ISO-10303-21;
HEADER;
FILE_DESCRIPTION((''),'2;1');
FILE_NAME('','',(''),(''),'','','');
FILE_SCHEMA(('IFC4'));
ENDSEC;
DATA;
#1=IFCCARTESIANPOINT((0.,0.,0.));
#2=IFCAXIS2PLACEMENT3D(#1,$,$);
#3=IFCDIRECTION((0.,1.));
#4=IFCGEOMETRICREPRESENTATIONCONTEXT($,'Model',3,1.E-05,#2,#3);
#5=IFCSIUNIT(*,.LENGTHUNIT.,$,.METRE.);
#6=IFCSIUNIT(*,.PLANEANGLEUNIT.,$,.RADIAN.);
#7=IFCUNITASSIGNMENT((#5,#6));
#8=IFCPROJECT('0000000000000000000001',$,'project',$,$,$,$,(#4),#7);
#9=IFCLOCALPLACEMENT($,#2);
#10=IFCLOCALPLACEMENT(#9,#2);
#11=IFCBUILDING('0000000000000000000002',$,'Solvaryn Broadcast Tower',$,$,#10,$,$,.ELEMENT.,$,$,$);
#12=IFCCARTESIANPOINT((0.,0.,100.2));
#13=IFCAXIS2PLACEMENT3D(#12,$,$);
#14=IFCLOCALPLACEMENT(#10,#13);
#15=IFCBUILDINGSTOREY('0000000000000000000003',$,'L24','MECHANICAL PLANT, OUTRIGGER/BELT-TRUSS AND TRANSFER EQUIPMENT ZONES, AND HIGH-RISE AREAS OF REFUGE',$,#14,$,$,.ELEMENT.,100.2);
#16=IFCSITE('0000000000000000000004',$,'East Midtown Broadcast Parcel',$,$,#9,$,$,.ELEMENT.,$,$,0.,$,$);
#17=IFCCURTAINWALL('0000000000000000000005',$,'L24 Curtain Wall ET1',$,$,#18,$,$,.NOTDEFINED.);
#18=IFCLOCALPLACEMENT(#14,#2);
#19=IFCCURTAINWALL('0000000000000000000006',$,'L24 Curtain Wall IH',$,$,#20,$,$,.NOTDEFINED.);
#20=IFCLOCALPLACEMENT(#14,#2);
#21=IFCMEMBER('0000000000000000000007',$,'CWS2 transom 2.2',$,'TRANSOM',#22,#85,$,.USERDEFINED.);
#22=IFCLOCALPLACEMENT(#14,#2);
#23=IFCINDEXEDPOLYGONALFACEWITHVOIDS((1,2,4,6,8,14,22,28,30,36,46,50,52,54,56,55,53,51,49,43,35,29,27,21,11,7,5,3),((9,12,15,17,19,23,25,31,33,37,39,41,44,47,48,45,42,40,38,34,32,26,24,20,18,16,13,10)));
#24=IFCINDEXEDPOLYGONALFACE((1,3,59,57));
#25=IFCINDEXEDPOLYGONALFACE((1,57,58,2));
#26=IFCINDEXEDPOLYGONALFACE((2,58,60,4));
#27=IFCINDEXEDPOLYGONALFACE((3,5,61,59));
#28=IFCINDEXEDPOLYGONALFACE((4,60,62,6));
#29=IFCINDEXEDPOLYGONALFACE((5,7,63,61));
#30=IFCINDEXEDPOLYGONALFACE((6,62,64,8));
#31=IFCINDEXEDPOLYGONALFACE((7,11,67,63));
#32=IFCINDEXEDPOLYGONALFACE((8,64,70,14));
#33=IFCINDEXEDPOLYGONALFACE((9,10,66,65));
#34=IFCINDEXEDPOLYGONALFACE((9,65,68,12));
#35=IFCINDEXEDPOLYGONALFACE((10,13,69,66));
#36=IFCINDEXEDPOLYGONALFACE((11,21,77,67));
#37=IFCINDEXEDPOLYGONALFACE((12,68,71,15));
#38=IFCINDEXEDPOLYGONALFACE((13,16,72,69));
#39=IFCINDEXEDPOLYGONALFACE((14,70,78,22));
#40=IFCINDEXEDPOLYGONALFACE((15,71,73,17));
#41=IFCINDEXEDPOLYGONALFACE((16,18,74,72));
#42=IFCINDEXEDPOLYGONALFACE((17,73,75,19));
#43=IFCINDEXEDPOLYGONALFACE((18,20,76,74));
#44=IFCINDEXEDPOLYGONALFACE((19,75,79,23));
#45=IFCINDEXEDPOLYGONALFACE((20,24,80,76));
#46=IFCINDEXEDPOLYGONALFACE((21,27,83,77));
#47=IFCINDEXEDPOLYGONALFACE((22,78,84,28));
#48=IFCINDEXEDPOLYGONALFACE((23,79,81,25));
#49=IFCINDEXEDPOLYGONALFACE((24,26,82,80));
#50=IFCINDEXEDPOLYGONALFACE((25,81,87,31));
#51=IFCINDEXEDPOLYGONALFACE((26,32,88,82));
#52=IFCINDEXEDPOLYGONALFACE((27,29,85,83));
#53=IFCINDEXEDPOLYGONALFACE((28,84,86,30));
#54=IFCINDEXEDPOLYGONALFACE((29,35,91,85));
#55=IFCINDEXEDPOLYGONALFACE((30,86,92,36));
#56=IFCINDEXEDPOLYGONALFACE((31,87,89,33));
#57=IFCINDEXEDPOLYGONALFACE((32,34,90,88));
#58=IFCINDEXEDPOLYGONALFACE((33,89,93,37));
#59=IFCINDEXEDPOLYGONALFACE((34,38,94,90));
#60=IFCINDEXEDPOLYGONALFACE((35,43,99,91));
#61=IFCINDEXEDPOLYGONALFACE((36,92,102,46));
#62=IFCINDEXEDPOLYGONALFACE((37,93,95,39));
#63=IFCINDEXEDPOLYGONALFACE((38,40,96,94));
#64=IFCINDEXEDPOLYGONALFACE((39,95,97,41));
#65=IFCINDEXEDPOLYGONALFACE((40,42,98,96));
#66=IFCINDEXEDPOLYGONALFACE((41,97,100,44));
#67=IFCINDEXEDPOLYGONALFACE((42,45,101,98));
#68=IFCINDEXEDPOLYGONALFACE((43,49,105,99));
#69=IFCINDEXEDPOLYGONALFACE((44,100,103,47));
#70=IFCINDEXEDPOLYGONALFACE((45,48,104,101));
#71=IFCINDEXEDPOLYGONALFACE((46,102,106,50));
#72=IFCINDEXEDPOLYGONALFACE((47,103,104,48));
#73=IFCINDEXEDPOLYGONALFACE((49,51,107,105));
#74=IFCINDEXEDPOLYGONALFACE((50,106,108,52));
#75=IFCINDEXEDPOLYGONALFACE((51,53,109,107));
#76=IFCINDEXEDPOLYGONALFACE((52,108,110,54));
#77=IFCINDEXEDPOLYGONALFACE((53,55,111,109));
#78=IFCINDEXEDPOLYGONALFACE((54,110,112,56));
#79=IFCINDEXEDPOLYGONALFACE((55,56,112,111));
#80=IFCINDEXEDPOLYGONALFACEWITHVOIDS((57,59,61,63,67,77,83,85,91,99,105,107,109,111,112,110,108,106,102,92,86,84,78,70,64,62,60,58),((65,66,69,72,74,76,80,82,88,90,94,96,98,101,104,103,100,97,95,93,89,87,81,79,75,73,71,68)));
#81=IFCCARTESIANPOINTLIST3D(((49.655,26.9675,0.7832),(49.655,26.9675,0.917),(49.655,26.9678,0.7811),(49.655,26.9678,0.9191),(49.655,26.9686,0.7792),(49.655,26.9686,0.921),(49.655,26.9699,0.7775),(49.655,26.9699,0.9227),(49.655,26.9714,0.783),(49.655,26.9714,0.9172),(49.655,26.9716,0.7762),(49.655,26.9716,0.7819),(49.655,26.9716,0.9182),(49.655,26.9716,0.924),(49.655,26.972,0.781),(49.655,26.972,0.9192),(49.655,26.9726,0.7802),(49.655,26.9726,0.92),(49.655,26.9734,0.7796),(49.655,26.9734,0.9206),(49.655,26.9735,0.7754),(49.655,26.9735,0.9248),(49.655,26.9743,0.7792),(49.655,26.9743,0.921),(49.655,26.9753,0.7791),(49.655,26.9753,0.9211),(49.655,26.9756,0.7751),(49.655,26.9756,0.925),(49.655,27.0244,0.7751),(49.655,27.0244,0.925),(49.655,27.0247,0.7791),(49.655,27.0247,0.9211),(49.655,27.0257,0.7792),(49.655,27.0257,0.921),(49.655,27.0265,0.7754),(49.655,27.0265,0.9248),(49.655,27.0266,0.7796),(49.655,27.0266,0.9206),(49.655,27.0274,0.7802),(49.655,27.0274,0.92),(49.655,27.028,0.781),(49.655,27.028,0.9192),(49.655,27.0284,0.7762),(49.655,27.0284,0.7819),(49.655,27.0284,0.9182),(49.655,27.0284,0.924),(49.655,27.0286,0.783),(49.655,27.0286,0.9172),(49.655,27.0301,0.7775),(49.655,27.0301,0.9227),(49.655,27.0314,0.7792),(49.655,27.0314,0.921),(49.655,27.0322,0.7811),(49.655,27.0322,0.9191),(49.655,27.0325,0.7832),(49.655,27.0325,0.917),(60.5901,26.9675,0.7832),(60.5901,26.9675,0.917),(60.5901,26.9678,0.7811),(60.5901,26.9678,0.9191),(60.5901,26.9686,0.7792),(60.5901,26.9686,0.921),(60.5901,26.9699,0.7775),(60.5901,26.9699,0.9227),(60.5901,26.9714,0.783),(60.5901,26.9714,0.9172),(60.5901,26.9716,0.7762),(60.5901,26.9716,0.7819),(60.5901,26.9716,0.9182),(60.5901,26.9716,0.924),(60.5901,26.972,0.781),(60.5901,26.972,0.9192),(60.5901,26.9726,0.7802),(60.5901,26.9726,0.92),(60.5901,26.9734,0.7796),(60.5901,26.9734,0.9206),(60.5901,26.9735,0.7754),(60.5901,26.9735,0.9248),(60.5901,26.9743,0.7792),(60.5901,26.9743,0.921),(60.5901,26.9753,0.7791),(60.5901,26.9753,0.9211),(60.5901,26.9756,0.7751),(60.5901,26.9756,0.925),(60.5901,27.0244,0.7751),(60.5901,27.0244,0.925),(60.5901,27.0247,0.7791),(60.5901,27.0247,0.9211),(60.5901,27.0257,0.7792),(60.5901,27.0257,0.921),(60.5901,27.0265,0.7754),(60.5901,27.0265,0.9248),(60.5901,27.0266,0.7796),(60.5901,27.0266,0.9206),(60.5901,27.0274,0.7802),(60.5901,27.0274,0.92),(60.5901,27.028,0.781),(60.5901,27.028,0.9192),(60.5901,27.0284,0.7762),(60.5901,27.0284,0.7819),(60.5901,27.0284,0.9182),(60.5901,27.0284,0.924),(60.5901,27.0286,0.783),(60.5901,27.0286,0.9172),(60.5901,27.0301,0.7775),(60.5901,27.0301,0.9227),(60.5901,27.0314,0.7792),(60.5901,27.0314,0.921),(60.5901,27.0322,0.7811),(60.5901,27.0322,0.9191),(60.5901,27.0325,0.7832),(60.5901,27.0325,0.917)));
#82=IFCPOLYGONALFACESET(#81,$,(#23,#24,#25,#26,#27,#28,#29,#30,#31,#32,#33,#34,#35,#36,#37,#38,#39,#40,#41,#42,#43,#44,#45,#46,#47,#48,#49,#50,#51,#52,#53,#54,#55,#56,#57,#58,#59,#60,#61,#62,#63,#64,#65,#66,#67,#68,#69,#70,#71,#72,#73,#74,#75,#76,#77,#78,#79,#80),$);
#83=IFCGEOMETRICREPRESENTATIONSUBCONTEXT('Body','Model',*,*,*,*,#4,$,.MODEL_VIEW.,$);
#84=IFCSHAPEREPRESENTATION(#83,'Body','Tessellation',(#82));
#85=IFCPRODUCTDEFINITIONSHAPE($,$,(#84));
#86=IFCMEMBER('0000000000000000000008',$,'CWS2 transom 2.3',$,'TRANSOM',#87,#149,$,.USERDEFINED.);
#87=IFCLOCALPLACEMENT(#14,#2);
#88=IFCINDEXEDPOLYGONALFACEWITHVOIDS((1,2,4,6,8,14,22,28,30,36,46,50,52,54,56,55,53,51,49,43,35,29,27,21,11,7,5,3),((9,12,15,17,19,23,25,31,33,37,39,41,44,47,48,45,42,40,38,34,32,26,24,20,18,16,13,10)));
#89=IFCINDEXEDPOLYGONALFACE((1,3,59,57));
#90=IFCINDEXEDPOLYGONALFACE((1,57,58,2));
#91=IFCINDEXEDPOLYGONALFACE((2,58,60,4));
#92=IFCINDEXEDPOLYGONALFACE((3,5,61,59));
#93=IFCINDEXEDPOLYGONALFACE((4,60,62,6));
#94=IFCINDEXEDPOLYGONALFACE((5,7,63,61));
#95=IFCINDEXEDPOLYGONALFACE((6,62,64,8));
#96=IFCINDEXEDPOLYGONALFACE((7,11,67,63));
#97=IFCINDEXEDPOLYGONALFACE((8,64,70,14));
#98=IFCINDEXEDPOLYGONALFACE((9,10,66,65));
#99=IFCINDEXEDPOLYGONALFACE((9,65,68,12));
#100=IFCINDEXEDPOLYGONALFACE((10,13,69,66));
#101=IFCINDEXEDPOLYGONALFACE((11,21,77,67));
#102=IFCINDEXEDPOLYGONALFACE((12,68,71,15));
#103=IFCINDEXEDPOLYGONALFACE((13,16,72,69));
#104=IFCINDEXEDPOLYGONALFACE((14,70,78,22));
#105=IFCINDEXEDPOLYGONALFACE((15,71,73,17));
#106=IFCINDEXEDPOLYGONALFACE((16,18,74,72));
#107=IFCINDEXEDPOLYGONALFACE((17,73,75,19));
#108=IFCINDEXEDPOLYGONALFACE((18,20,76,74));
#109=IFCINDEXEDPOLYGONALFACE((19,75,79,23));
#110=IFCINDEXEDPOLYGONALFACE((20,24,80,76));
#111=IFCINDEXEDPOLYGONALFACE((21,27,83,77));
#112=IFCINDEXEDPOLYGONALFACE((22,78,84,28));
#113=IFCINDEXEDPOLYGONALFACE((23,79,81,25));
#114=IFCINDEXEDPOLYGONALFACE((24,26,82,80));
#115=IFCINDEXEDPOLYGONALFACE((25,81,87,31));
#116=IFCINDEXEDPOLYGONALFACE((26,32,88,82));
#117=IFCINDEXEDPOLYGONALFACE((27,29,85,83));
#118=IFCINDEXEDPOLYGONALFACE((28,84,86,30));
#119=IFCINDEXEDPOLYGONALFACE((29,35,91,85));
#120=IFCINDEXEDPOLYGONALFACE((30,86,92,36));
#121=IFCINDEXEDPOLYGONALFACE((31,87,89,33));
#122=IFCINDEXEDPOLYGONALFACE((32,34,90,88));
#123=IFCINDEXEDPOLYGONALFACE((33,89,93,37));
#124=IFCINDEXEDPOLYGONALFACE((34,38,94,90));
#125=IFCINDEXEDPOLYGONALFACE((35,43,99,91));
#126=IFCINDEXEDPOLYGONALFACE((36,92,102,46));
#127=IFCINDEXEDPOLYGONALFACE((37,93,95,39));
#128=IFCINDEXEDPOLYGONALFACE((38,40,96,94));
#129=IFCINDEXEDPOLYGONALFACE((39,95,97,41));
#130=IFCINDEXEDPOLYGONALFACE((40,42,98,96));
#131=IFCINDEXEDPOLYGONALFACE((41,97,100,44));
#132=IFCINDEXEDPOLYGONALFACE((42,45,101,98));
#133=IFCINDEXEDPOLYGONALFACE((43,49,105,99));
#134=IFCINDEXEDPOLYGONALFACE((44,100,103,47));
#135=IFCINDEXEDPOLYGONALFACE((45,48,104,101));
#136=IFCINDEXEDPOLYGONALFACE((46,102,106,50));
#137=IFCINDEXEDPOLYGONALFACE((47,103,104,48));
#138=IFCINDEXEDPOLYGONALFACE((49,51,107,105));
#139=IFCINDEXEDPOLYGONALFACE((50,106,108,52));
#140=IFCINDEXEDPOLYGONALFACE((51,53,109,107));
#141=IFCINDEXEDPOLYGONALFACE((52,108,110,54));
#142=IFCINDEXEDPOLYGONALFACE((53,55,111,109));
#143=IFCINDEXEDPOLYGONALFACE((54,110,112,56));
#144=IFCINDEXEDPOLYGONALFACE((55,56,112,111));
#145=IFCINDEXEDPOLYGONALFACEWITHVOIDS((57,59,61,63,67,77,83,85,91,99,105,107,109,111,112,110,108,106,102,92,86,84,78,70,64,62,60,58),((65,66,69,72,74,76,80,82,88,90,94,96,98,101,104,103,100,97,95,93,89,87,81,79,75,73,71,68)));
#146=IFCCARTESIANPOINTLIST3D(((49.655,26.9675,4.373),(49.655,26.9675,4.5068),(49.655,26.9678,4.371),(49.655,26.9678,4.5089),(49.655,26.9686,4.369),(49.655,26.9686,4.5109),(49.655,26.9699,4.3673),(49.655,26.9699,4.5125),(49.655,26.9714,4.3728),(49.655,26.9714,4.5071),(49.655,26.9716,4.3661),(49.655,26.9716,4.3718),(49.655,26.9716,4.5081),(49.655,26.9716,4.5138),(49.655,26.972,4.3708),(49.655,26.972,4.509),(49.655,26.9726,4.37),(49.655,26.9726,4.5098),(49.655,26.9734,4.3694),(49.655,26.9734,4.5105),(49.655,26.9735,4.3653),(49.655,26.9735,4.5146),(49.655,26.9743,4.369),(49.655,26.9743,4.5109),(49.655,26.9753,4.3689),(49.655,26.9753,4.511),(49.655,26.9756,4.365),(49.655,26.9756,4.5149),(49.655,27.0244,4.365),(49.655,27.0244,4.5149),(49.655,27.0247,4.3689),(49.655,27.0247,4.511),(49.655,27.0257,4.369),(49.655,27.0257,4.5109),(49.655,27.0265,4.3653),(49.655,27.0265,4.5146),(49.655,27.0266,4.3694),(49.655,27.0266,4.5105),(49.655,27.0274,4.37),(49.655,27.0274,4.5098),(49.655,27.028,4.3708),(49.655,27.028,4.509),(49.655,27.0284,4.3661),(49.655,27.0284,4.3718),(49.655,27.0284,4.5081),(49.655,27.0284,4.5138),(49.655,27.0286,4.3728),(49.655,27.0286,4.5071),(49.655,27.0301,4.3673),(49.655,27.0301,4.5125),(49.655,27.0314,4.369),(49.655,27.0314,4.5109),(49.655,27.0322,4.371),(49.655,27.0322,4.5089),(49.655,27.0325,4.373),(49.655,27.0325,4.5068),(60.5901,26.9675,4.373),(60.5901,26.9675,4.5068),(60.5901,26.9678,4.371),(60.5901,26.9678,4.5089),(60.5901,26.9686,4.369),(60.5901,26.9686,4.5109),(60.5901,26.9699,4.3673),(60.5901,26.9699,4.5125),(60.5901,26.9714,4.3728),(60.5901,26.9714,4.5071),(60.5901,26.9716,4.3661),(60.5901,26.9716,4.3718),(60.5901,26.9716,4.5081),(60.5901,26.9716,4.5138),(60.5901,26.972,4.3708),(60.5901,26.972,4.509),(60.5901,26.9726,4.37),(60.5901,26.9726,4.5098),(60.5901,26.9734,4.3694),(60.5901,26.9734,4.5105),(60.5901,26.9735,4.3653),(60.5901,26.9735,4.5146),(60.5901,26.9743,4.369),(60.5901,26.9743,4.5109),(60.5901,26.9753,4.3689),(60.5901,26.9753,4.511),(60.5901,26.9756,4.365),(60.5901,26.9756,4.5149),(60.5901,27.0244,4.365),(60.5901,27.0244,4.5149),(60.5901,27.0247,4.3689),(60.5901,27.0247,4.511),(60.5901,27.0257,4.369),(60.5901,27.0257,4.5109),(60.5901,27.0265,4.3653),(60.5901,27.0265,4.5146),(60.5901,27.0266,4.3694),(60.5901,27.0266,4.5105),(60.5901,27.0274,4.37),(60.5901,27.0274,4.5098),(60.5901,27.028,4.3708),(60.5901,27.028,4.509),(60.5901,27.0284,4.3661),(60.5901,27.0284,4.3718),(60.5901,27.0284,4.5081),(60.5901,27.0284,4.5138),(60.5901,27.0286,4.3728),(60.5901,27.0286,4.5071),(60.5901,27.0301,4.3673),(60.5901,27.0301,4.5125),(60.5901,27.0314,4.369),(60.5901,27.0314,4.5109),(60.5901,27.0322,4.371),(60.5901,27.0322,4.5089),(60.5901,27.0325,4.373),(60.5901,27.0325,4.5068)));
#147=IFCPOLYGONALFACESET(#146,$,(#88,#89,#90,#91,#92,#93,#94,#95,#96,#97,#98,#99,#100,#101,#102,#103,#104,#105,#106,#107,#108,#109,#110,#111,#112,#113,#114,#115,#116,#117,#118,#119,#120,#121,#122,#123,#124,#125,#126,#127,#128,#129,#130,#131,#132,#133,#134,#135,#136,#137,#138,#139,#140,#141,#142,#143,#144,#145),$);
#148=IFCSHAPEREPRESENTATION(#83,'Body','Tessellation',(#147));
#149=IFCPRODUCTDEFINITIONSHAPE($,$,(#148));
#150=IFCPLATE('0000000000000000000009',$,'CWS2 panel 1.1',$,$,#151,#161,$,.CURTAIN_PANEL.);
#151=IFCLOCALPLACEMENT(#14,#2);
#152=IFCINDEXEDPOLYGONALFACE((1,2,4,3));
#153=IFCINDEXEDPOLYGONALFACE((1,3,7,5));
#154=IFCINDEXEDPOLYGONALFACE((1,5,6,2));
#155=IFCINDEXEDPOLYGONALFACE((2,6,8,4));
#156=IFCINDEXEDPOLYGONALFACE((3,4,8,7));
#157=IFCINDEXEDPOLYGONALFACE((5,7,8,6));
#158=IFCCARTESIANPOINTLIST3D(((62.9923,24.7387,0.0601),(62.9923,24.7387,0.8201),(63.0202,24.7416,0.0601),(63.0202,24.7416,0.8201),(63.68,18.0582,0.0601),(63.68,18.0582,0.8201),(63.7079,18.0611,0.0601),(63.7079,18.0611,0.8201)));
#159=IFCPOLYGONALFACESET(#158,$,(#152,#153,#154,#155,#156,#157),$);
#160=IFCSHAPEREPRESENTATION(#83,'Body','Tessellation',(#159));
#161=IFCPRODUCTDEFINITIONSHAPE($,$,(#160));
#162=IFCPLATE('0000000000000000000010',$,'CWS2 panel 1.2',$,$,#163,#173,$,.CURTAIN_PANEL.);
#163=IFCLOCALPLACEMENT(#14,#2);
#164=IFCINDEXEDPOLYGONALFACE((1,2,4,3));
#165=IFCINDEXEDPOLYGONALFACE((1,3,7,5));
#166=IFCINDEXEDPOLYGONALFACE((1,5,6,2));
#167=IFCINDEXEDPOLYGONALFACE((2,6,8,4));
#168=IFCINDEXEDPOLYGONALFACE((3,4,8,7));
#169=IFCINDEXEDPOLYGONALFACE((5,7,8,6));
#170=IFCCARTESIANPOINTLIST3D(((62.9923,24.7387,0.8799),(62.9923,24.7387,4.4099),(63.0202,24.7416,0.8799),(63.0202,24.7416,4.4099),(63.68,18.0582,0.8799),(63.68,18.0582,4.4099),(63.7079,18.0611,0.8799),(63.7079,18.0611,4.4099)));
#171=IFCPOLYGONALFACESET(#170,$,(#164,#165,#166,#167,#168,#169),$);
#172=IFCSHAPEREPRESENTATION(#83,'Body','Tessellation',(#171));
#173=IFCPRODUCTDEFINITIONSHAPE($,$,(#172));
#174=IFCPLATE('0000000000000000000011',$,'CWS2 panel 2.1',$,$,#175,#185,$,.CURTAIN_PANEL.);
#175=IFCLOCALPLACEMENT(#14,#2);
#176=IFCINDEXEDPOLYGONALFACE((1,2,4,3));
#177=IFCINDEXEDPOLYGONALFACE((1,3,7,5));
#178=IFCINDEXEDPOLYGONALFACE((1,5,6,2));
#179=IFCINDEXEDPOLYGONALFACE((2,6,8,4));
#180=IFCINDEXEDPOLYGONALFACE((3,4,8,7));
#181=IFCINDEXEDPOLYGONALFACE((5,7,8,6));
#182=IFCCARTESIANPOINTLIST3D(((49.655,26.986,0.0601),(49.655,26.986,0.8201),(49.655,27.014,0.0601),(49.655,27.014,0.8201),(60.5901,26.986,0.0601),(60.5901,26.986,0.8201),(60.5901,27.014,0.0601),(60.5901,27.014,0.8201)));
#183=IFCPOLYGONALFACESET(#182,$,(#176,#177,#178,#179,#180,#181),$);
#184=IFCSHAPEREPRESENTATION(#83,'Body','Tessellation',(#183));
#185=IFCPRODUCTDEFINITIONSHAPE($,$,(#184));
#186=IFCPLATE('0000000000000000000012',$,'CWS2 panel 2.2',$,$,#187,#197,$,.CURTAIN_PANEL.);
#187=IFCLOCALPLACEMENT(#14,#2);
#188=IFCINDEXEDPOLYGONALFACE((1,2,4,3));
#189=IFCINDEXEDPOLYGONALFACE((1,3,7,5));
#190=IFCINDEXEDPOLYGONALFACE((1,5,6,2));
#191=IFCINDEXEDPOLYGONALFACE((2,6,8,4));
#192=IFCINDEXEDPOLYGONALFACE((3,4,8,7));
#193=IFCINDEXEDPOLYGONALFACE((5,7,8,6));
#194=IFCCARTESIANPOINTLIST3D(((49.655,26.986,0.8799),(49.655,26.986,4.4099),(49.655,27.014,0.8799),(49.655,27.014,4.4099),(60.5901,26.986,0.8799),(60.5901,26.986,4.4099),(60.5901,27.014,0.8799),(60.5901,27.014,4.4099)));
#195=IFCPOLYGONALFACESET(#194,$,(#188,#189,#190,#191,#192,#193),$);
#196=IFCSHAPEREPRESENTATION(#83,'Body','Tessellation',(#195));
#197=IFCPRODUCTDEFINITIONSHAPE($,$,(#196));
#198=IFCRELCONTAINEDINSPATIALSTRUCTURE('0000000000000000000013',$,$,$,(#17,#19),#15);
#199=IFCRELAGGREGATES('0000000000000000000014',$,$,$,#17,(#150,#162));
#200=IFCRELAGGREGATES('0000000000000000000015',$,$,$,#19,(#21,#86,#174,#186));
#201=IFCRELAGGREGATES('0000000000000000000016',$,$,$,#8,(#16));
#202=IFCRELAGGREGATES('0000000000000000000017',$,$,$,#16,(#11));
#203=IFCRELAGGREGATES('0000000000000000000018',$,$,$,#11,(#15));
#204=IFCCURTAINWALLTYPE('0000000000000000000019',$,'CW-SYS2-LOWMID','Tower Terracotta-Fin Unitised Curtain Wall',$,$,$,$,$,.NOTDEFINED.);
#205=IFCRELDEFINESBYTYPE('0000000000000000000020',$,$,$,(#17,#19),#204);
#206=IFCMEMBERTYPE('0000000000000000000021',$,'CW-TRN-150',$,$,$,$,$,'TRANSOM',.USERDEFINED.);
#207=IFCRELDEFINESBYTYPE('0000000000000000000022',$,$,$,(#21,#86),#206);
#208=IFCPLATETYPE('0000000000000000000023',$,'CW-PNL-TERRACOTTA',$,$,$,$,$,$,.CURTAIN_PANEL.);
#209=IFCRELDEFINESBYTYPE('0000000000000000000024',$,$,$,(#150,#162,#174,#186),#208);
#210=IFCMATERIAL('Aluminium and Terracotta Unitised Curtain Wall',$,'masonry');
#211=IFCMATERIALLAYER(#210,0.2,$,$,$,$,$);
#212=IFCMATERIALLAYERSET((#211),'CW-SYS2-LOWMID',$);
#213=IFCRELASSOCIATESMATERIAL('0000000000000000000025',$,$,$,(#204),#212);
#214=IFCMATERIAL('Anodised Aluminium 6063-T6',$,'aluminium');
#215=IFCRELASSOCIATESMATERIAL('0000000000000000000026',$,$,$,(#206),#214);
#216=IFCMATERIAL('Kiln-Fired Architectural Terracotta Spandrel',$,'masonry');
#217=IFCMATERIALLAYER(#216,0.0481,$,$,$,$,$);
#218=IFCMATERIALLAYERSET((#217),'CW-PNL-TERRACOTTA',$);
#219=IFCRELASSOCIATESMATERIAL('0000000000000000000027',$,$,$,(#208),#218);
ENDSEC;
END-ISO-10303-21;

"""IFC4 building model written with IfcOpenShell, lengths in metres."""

from ifc_helpers import new_model, si_unit, direction, frame, origin, origin_2d, place, context, subcontext, project, spatial, rectangle, hollow_rectangle, extrude, material, layer, layer_set, material_profile, profile_set, type_object, element, aggregate, save


model = new_model("IFC4")

# Units and contexts
model_context = context("Model", 3, precision=1e-05, world=origin(), true_north=direction((0.0, 1.0)))
body_context = subcontext(model_context, "Body", "Model", "MODEL_VIEW")
ifc_project = project(units=[si_unit("LENGTHUNIT", "METRE"), si_unit("PLANEANGLEUNIT", "RADIAN")], contexts=[model_context])

# Site, building, storey
site_placement = place(None, origin())
site = spatial("IfcSite", under=ifc_project, at=site_placement, Name="East Midtown Broadcast Parcel", CompositionType="ELEMENT", RefElevation=0.0)
building_placement = place(site_placement, origin())
building = spatial("IfcBuilding", under=site, at=building_placement, Name="Solvaryn Broadcast Tower", CompositionType="ELEMENT")
storey_placement = place(building_placement, frame((0.0, 0.0, 100.2)))
storey = spatial("IfcBuildingStorey", under=building, at=storey_placement, Name="L24", Description="MECHANICAL PLANT, OUTRIGGER/BELT-TRUSS AND TRANSFER EQUIPMENT ZONES, AND HIGH-RISE AREAS OF REFUGE", CompositionType="ELEMENT", Elevation=100.2)

# Curtain wall
ifc_material_1 = material(Name="Aluminium and Terracotta Unitised Curtain Wall", Category="masonry")
ifc_layer_1 = layer(ifc_material_1, 0.2)
ifc_layer_set_1 = layer_set([ifc_layer_1], Name="CW-SYS2-LOWMID")
curtain_wall_type = type_object("IfcCurtainWallType", Name="CW-SYS2-LOWMID", Description="Tower Terracotta-Fin Unitised Curtain Wall", PredefinedType="NOTDEFINED", material=ifc_layer_set_1)
curtain_wall_1_placement = place(storey_placement, origin())
curtain_wall_1 = element("IfcCurtainWall", 1, at=curtain_wall_1_placement, inside=storey, type_object=curtain_wall_type, Name="L24 Curtain Wall ET1", PredefinedType="NOTDEFINED")

# Curtain wall
curtain_wall_2_placement = place(storey_placement, origin())
curtain_wall_2 = element("IfcCurtainWall", 2, at=curtain_wall_2_placement, inside=storey, type_object=curtain_wall_type, Name="L24 Curtain Wall IH", PredefinedType="NOTDEFINED")

# Members
ifc_material_2 = material(Name="Anodised Aluminium 6063-T6", Category="aluminium")
ifc_material_profile_1 = material_profile(ifc_material_2, hollow_rectangle(XDim=0.0649, YDim=0.1499, WallThickness=0.0039, InnerFilletRadius=0.0039, OuterFilletRadius=0.0081, at=origin_2d()))
ifc_profile_set_1 = profile_set([ifc_material_profile_1], Name="Anodised Aluminium 6063-T6")
member_type_1 = type_object("IfcMemberType", Name="CW-TRN-150", ElementType="TRANSOM", PredefinedType="USERDEFINED", material=ifc_profile_set_1)
member_1_placement = place(storey_placement, frame((49.655, 27.0, 0.8501), z_axis=(1.0, 0.0, 0.0), x_axis=(0.0, 1.0, 0.0)))
member_1 = element("IfcMember", 3, at=member_1_placement, type_object=member_type_1, Name="CWS2 transom 2.2", ObjectType="TRANSOM", PredefinedType="USERDEFINED", context=body_context, shape_type="SweptSolid", body=[
    extrude(hollow_rectangle(XDim=0.0649, YDim=0.1499, WallThickness=0.0039, InnerFilletRadius=0.0039, OuterFilletRadius=0.0081, at=origin_2d()), origin(), (0.0, 0.0, 1.0), 10.9351),
])
member_2_placement = place(storey_placement, frame((49.655, 27.0, 4.4399), z_axis=(1.0, 0.0, 0.0), x_axis=(0.0, 1.0, 0.0)))
member_2 = element("IfcMember", 4, at=member_2_placement, type_object=member_type_1, Name="CWS2 transom 2.3", ObjectType="TRANSOM", PredefinedType="USERDEFINED", context=body_context, shape_type="SweptSolid", body=[
    extrude(hollow_rectangle(XDim=0.0649, YDim=0.1499, WallThickness=0.0039, InnerFilletRadius=0.0039, OuterFilletRadius=0.0081, at=origin_2d()), origin(), (0.0, 0.0, 1.0), 10.9351),
])

# Plates
ifc_material_3 = material(Name="Kiln-Fired Architectural Terracotta Spandrel", Category="masonry")
ifc_layer_2 = layer(ifc_material_3, 0.0481)
ifc_layer_set_2 = layer_set([ifc_layer_2], Name="CW-PNL-TERRACOTTA")
plate_type = type_object("IfcPlateType", Name="CW-PNL-TERRACOTTA", PredefinedType="CURTAIN_PANEL", material=ifc_layer_set_2)
plate_1_placement = place(storey_placement, frame((63.3501, 21.3999, 0.0601), z_axis=(0.0, 0.0, 1.0), x_axis=(0.1024, -0.994743, 0.0)))
plate_1 = element("IfcPlate", 5, at=plate_1_placement, type_object=plate_type, Name="CWS2 panel 1.1", PredefinedType="CURTAIN_PANEL", context=body_context, shape_type="SweptSolid", body=[
    extrude(rectangle(XDim=6.7158, YDim=0.0281, at=origin_2d()), origin(), (0.0, 0.0, 1.0), 0.76),
])
plate_2_placement = place(storey_placement, frame((63.3501, 21.3999, 0.8799), z_axis=(0.0, 0.0, 1.0), x_axis=(0.1024, -0.994743, 0.0)))
plate_2 = element("IfcPlate", 6, at=plate_2_placement, type_object=plate_type, Name="CWS2 panel 1.2", PredefinedType="CURTAIN_PANEL", context=body_context, shape_type="SweptSolid", body=[
    extrude(rectangle(XDim=6.7158, YDim=0.0281, at=origin_2d()), origin(), (0.0, 0.0, 1.0), 3.53),
])
aggregate(curtain_wall_1, [plate_1, plate_2])
plate_3_placement = place(storey_placement, frame((55.1226, 27.0, 0.0601), z_axis=(0.0, 0.0, 1.0), x_axis=(1.0, 0.0, 0.0)))
plate_3 = element("IfcPlate", 7, at=plate_3_placement, type_object=plate_type, Name="CWS2 panel 2.1", PredefinedType="CURTAIN_PANEL", context=body_context, shape_type="SweptSolid", body=[
    extrude(rectangle(XDim=10.9351, YDim=0.0281, at=origin_2d()), origin(), (0.0, 0.0, 1.0), 0.76),
])
plate_4_placement = place(storey_placement, frame((55.1226, 27.0, 0.8799), z_axis=(0.0, 0.0, 1.0), x_axis=(1.0, 0.0, 0.0)))
plate_4 = element("IfcPlate", 8, at=plate_4_placement, type_object=plate_type, Name="CWS2 panel 2.2", PredefinedType="CURTAIN_PANEL", context=body_context, shape_type="SweptSolid", body=[
    extrude(rectangle(XDim=10.9351, YDim=0.0281, at=origin_2d()), origin(), (0.0, 0.0, 1.0), 3.53),
])
aggregate(curtain_wall_2, [member_1, member_2, plate_3, plate_4])

save(model, "model.ifc")
